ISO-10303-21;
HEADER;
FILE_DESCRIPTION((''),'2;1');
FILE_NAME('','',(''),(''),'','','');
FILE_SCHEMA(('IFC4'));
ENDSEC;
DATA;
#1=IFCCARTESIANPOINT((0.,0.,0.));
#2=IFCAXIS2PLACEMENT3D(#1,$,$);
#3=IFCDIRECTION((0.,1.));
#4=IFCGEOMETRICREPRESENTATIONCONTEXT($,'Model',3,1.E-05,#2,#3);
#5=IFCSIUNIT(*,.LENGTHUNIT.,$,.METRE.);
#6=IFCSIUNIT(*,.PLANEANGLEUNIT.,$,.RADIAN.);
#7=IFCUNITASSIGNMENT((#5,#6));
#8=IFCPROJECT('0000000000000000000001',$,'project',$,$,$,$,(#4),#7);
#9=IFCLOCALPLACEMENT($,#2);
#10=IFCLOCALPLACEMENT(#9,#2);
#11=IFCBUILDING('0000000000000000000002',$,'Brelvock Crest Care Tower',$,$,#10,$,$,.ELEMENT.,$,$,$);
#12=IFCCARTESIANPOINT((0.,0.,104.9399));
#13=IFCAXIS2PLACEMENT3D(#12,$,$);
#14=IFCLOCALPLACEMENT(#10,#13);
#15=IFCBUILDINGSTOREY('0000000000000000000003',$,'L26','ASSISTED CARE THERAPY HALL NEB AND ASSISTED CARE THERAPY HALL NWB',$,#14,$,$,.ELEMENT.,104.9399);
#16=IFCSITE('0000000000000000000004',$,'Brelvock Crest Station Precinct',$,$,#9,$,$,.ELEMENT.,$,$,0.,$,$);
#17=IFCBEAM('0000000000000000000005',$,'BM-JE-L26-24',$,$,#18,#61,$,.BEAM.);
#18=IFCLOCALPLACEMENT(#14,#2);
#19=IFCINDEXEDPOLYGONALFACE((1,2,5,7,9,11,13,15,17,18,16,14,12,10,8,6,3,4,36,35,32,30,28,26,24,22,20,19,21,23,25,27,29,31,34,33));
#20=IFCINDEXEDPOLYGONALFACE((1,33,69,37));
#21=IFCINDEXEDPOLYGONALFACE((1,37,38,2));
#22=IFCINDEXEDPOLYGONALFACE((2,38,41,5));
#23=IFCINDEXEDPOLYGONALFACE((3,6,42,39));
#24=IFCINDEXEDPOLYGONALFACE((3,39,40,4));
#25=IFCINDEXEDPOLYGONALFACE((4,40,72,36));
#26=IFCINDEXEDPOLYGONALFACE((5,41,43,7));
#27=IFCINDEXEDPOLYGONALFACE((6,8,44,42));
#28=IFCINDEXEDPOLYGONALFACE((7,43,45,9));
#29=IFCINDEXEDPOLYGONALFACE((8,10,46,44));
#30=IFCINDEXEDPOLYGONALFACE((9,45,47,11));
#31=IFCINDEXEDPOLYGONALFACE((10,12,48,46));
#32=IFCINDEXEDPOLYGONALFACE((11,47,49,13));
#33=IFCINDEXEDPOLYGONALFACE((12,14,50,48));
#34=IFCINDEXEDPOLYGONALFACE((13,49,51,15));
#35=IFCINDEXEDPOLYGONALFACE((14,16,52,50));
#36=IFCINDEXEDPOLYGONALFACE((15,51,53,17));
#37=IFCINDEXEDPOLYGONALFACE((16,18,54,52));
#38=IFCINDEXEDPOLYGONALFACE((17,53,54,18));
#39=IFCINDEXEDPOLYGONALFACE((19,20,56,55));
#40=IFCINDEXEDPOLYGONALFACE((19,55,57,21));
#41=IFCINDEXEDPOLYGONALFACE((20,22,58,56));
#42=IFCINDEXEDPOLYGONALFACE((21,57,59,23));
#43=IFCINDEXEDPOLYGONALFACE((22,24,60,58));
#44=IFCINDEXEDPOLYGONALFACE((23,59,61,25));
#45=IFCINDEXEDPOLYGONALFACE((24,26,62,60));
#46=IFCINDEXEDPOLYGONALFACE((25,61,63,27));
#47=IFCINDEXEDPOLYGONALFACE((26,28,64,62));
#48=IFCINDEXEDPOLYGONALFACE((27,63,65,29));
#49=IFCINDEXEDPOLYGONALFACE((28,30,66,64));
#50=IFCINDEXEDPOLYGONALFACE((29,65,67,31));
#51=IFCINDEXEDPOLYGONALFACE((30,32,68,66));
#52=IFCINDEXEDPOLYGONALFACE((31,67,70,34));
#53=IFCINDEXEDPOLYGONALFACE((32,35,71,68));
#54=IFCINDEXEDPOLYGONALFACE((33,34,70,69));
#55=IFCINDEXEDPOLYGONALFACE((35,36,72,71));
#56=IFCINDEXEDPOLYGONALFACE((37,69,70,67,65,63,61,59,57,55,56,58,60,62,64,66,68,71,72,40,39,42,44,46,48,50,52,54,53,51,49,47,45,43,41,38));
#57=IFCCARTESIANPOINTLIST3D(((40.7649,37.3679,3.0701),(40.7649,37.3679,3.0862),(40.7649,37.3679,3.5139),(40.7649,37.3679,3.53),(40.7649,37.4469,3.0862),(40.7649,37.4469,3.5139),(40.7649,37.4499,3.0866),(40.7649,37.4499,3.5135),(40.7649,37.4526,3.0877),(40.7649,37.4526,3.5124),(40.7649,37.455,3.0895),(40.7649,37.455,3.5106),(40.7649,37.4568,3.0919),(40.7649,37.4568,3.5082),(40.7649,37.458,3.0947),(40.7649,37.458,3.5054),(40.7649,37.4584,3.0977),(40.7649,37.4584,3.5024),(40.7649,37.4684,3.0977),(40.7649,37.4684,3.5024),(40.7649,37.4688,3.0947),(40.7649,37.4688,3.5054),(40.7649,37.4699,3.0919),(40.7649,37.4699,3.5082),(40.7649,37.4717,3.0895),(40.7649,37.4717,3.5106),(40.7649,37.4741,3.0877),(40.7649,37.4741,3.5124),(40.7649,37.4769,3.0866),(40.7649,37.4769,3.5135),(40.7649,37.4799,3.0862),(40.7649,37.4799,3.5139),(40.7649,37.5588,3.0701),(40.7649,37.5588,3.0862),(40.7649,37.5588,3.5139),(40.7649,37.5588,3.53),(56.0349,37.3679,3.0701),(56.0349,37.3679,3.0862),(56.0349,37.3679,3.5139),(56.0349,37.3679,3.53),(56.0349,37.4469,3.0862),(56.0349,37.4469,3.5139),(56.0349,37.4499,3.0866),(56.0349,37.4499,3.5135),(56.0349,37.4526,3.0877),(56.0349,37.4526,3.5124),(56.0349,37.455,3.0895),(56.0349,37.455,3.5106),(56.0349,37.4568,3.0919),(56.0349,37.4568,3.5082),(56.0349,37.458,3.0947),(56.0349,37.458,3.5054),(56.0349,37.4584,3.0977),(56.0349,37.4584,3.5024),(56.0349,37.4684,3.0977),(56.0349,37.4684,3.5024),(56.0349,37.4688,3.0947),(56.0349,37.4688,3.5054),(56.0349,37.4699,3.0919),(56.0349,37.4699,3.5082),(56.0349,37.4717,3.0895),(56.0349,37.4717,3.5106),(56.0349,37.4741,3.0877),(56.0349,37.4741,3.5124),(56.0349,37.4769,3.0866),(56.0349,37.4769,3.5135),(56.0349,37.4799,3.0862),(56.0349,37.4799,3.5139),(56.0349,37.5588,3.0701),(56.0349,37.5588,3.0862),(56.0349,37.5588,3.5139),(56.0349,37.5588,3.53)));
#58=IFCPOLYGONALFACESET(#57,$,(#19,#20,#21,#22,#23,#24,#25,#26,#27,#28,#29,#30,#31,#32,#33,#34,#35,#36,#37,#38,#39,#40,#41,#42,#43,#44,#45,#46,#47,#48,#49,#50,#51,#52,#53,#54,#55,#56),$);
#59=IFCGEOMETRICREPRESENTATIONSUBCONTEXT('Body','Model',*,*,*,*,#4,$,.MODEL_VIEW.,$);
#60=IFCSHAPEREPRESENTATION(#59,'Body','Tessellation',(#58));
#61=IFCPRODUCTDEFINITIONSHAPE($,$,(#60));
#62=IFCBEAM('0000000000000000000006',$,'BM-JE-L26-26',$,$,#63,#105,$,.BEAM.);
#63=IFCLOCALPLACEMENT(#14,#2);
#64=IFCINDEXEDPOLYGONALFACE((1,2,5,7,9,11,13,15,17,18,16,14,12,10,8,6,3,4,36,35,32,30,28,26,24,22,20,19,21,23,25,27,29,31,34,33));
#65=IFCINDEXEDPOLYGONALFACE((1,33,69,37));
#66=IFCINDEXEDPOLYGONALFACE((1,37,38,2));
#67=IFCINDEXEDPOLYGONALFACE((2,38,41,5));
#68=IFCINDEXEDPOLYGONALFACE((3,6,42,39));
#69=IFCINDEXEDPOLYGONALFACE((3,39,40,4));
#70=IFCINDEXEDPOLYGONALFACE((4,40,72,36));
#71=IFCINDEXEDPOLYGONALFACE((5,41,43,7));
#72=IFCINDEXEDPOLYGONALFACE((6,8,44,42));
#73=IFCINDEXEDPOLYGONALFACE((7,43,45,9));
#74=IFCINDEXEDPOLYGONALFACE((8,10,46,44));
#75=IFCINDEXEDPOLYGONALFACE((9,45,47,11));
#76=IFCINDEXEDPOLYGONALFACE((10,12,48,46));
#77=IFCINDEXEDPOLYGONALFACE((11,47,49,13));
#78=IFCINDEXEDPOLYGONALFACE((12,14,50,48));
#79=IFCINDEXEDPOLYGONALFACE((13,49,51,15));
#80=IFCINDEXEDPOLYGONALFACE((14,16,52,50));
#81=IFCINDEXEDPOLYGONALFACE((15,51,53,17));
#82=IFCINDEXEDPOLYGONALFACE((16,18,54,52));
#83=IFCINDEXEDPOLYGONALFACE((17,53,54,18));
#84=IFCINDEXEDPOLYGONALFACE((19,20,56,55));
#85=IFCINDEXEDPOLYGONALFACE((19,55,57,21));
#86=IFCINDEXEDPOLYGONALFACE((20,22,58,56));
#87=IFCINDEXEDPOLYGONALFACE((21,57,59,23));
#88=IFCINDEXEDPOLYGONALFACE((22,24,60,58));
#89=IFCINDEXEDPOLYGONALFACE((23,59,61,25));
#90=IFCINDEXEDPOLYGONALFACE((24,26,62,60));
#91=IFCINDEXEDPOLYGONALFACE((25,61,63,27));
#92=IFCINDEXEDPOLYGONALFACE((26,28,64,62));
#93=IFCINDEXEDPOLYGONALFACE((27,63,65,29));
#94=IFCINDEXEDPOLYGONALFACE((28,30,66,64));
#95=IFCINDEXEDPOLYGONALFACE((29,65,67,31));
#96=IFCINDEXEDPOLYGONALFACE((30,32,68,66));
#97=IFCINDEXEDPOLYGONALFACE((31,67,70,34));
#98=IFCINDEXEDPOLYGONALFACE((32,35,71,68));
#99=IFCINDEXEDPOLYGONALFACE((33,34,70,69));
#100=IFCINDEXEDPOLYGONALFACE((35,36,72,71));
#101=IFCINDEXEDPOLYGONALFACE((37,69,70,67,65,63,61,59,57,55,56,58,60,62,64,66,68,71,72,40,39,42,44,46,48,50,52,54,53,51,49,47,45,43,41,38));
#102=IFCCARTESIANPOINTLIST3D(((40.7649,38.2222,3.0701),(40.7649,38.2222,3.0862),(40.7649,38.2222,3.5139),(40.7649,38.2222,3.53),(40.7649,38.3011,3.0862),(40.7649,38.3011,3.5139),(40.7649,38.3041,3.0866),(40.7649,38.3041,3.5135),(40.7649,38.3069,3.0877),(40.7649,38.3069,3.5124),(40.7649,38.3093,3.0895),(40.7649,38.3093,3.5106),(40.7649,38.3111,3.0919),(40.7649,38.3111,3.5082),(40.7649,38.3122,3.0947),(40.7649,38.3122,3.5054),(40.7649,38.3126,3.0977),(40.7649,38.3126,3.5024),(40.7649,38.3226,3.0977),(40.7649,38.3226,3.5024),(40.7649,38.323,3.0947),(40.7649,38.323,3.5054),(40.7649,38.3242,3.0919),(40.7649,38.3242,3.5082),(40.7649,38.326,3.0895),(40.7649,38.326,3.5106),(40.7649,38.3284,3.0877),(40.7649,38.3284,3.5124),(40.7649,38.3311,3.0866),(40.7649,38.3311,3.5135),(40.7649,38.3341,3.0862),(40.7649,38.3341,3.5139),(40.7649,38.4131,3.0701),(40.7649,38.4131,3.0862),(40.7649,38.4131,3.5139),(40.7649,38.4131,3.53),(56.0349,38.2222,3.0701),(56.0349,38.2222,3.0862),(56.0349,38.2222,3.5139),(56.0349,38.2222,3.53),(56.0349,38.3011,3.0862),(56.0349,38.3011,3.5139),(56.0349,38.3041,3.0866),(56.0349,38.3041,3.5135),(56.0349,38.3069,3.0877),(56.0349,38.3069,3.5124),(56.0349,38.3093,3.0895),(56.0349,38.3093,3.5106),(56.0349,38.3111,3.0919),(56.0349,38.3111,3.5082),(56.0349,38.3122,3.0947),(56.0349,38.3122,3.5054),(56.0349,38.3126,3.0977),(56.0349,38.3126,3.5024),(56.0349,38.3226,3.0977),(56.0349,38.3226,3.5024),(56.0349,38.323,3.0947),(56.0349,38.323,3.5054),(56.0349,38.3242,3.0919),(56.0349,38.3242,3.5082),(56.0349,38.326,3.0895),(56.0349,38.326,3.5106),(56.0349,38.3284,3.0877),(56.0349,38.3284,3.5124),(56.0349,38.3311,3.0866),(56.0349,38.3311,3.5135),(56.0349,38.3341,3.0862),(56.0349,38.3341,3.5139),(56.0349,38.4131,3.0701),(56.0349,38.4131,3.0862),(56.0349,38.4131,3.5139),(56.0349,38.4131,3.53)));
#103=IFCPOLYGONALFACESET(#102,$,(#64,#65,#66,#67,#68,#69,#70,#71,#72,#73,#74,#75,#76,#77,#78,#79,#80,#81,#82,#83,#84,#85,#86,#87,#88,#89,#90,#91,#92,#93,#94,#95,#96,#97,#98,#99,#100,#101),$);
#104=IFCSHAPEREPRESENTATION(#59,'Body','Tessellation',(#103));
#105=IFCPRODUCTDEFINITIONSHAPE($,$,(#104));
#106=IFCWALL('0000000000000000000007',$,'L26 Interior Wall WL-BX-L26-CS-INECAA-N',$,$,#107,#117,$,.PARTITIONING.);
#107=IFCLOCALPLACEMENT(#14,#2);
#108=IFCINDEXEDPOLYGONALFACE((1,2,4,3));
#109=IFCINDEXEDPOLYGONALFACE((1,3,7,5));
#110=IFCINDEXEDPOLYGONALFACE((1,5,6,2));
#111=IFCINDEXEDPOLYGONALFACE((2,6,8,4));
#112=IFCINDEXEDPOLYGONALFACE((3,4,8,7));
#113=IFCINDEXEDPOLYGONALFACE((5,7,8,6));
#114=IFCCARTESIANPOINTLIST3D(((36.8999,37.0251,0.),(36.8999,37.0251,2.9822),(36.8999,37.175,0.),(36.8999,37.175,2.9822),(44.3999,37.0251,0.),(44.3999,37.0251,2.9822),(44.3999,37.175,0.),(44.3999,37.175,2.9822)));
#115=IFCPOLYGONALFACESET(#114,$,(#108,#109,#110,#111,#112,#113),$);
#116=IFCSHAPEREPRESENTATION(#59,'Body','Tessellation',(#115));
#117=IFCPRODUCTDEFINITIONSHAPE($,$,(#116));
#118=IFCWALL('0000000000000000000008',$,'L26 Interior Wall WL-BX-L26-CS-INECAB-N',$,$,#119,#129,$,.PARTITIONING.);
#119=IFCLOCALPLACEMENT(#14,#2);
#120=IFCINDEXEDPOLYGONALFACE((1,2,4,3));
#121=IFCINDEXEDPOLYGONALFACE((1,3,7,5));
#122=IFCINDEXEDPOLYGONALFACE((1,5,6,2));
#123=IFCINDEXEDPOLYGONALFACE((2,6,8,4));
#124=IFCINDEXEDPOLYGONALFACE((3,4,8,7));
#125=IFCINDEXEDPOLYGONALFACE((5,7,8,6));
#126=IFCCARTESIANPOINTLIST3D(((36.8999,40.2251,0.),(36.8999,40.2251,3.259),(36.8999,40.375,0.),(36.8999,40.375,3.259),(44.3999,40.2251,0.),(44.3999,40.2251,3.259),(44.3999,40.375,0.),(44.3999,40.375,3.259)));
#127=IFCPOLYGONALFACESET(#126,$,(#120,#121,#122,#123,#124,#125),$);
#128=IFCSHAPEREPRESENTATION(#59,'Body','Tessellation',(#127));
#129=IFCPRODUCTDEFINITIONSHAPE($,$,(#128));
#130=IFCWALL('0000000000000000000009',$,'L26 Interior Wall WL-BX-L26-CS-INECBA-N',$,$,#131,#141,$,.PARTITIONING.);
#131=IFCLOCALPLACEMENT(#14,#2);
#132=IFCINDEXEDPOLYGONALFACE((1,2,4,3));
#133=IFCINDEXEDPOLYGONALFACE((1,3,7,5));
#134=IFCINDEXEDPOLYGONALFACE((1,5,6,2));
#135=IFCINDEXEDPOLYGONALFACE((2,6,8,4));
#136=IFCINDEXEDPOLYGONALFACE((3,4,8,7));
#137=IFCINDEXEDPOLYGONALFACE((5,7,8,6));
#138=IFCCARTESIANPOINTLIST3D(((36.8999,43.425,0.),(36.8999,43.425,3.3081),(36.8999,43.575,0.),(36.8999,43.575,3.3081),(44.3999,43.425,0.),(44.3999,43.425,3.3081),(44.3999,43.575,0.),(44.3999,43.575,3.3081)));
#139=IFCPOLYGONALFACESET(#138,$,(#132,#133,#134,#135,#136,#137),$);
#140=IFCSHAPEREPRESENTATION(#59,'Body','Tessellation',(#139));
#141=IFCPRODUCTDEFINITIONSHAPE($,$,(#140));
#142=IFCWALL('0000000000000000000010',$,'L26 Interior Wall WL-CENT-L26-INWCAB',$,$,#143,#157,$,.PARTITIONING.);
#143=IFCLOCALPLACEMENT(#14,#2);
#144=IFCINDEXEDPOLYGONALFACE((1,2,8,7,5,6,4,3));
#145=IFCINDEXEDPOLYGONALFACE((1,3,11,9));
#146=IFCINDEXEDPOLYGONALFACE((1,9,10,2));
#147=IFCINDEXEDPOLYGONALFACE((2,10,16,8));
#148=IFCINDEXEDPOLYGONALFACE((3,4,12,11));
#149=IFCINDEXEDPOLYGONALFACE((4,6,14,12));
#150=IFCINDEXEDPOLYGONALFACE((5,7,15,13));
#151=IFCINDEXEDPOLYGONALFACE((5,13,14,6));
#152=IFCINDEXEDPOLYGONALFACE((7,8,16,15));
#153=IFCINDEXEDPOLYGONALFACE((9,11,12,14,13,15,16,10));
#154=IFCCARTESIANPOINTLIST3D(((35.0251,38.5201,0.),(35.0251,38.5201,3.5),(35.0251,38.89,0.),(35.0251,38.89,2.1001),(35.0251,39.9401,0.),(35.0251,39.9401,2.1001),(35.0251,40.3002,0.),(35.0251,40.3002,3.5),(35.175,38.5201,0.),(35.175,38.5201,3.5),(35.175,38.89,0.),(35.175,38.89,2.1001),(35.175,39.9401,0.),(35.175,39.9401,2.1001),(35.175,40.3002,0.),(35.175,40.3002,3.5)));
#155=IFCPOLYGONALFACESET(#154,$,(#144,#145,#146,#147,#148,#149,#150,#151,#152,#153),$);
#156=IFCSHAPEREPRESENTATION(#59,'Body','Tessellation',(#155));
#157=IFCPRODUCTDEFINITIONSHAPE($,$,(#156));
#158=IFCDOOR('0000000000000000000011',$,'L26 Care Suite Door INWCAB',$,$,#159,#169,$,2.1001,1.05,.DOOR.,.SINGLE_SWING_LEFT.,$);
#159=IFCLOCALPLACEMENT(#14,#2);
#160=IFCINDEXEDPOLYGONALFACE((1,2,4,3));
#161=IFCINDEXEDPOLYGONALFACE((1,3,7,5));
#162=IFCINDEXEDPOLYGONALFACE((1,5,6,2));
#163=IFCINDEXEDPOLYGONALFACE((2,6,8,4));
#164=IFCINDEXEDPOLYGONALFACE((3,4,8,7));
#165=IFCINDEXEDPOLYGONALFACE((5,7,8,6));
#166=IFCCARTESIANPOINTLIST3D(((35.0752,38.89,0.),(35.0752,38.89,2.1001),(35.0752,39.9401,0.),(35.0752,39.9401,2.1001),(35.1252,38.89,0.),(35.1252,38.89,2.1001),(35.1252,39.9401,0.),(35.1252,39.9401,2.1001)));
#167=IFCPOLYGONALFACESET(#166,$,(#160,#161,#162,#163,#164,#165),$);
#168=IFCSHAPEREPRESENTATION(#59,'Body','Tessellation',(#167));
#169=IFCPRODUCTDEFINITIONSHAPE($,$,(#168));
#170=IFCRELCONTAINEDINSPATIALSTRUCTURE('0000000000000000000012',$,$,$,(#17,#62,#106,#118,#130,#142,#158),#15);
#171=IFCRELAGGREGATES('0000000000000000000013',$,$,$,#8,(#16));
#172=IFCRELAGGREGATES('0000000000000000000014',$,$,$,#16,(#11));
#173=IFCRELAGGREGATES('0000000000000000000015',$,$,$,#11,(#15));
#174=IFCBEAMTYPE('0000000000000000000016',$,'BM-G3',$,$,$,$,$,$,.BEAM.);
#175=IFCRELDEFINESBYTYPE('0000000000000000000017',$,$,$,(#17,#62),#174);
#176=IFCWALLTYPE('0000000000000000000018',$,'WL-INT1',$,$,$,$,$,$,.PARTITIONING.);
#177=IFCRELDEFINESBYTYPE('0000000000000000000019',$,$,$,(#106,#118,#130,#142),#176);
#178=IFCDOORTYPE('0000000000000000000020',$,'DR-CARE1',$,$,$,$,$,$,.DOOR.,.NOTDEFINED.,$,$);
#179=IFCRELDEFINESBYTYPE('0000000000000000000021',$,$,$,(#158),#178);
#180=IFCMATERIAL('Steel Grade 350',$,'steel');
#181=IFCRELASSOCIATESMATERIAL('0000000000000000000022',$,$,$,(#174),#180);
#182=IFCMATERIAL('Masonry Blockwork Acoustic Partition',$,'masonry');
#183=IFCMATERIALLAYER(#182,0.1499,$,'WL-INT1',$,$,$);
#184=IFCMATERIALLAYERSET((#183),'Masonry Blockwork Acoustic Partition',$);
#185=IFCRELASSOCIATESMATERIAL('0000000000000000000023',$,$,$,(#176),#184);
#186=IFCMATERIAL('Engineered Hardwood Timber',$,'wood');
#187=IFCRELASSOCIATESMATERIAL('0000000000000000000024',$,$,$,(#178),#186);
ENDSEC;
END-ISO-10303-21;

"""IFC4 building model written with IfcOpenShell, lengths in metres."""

from ifc_helpers import new_model, si_unit, direction, frame, frame_2d, origin, origin_2d, place, context, subcontext, project, spatial, rectangle, i_section, extrude, source, transform, mapped, material, layer, layer_set, material_profile, profile_set, type_object, element, fill, save


model = new_model("IFC4")

# Units and contexts
model_context = context("Model", 3, precision=1e-05, world=origin(), true_north=direction((0.0, 1.0)))
body_context = subcontext(model_context, "Body", "Model", "MODEL_VIEW")
ifc_project = project(units=[si_unit("LENGTHUNIT", "METRE"), si_unit("PLANEANGLEUNIT", "RADIAN")], contexts=[model_context])

# Site, building, storey
site_placement = place(None, origin())
site = spatial("IfcSite", under=ifc_project, at=site_placement, Name="Brelvock Crest Station Precinct", CompositionType="ELEMENT", RefElevation=0.0)
building_placement = place(site_placement, origin())
building = spatial("IfcBuilding", under=site, at=building_placement, Name="Brelvock Crest Care Tower", CompositionType="ELEMENT")
storey_placement = place(building_placement, frame((0.0, 0.0, 104.9399)))
storey = spatial("IfcBuildingStorey", under=building, at=storey_placement, Name="L26", Description="ASSISTED CARE THERAPY HALL NEB AND ASSISTED CARE THERAPY HALL NWB", CompositionType="ELEMENT", Elevation=104.9399)

# Beams
ifc_material_1 = material(Name="Steel Grade 350", Category="steel")
ifc_material_profile_1 = material_profile(ifc_material_1, i_section(OverallWidth=0.1909, OverallDepth=0.46, WebThickness=0.01, FlangeThickness=0.0161, FilletRadius=0.0115, at=origin_2d()), Name="460UB82.1")
ifc_profile_set_1 = profile_set([ifc_material_profile_1], Name="Steel Grade 350")
beam_type_1 = type_object("IfcBeamType", Name="BM-G3", PredefinedType="BEAM", material=ifc_profile_set_1)
shared_shape_1 = source(origin(), body_context, "Body", "SweptSolid", [
    extrude(i_section(OverallWidth=0.1909, OverallDepth=0.46, WebThickness=0.01, FlangeThickness=0.0161, FilletRadius=0.0115, at=origin_2d()), origin(), (0.0, 0.0, 1.0), 15.27),
])
for number, where, z_axis, x_axis, name in (
    (1, (40.7649, 37.4634, 3.3), (1.0, 0.0, 0.0), (0.0, 1.0, 0.0), "BM-JE-L26-24"),
    (2, (40.7649, 38.3176, 3.3), (1.0, 0.0, 0.0), (0.0, 1.0, 0.0), "BM-JE-L26-26"),
):
    element("IfcBeam", number, at=place(storey_placement, frame(where, z_axis=z_axis, x_axis=x_axis)), inside=storey, type_object=beam_type_1, Name=name, PredefinedType="BEAM", context=body_context, shape_type="MappedRepresentation", body=[
        mapped(shared_shape_1, transform((0.0, 0.0, 0.0), x_axis=(1.0, 0.0, 0.0), y_axis=(0.0, 1.0, 0.0), z_axis=(0.0, 0.0, 1.0), scale=1.0)),
    ])

# Walls
ifc_material_2 = material(Name="Masonry Blockwork Acoustic Partition", Category="masonry")
ifc_layer = layer(ifc_material_2, 0.1499, Name="WL-INT1")
ifc_layer_set = layer_set([ifc_layer], Name="Masonry Blockwork Acoustic Partition")
wall_type = type_object("IfcWallType", Name="WL-INT1", PredefinedType="PARTITIONING", material=ifc_layer_set)
wall_1_placement = place(storey_placement, frame((36.8999, 37.1001, 0.0), z_axis=(0.0, 0.0, 1.0), x_axis=(1.0, 0.0, 0.0)))
element("IfcWall", 3, at=wall_1_placement, inside=storey, type_object=wall_type, Name="L26 Interior Wall WL-BX-L26-CS-INECAA-N", PredefinedType="PARTITIONING", context=body_context, shape_type="SweptSolid", body=[
    extrude(rectangle(XDim=7.5, YDim=0.1499, at=frame_2d((3.75, 0.0))), origin(), (0.0, 0.0, 1.0), 2.9822),
])
wall_2_placement = place(storey_placement, frame((36.8999, 40.3, 0.0), z_axis=(0.0, 0.0, 1.0), x_axis=(1.0, 0.0, 0.0)))
element("IfcWall", 4, at=wall_2_placement, inside=storey, type_object=wall_type, Name="L26 Interior Wall WL-BX-L26-CS-INECAB-N", PredefinedType="PARTITIONING", context=body_context, shape_type="SweptSolid", body=[
    extrude(rectangle(XDim=7.5, YDim=0.1499, at=frame_2d((3.75, 0.0))), origin(), (0.0, 0.0, 1.0), 3.259),
])
wall_3_placement = place(storey_placement, frame((36.8999, 43.5, 0.0), z_axis=(0.0, 0.0, 1.0), x_axis=(1.0, 0.0, 0.0)))
element("IfcWall", 5, at=wall_3_placement, inside=storey, type_object=wall_type, Name="L26 Interior Wall WL-BX-L26-CS-INECBA-N", PredefinedType="PARTITIONING", context=body_context, shape_type="SweptSolid", body=[
    extrude(rectangle(XDim=7.5, YDim=0.1499, at=frame_2d((3.75, 0.0))), origin(), (0.0, 0.0, 1.0), 3.3081),
])

# Wall, opening, door
wall_4_placement = place(storey_placement, frame((35.1001, 38.52, 0.0), z_axis=(0.0, 0.0, 1.0), x_axis=(0.0, 1.0, 0.0)))
wall_4 = element("IfcWall", 6, at=wall_4_placement, inside=storey, type_object=wall_type, Name="L26 Interior Wall WL-CENT-L26-INWCAB", PredefinedType="PARTITIONING", context=body_context, shape_type="SweptSolid", body=[
    extrude(rectangle(XDim=1.78, YDim=0.1499, at=frame_2d((0.8901, 0.0))), origin(), (0.0, 0.0, 1.0), 3.5),
])
opening_1_placement = place(wall_4_placement, frame((0.3701, 0.0, 0.0)))
opening_1 = element("IfcOpeningElement", 7, at=opening_1_placement, cuts=wall_4, PredefinedType="OPENING", context=body_context, shape_type="SweptSolid", body=[
    extrude(rectangle(XDim=1.05, YDim=2.1001, at=origin_2d()), frame((0.5249, 0.085, 1.05), z_axis=(0.0, -1.0, 0.0), x_axis=(1.0, 0.0, 0.0)), (0.0, 0.0, 1.0), 0.1699),
])
ifc_material_3 = material(Name="Engineered Hardwood Timber", Category="wood")
door_type = type_object("IfcDoorType", Name="DR-CARE1", OperationType="NOTDEFINED", PredefinedType="DOOR", material=ifc_material_3)
shared_shape_2 = source(origin(), body_context, "Body", "SweptSolid", [
    extrude(rectangle(XDim=1.05, YDim=2.1001, at=origin_2d()), frame((0.5249, 0.0249, 1.05), z_axis=(0.0, -1.0, 0.0), x_axis=(1.0, 0.0, 0.0)), (0.0, 0.0, 1.0), 0.05),
])
door_1_placement = place(opening_1_placement, origin())
door_1 = element("IfcDoor", 8, at=door_1_placement, inside=storey, type_object=door_type, Name="L26 Care Suite Door INWCAB", OperationType="SINGLE_SWING_LEFT", OverallHeight=2.1001, OverallWidth=1.05, PredefinedType="DOOR", context=body_context, shape_type="MappedRepresentation", body=[
    mapped(shared_shape_2, transform((0.0, 0.0, 0.0), x_axis=(1.0, 0.0, 0.0), y_axis=(0.0, 1.0, 0.0), z_axis=(0.0, 0.0, 1.0), scale=1.0)),
])
fill(opening_1, door_1)

save(model, "model.ifc")
